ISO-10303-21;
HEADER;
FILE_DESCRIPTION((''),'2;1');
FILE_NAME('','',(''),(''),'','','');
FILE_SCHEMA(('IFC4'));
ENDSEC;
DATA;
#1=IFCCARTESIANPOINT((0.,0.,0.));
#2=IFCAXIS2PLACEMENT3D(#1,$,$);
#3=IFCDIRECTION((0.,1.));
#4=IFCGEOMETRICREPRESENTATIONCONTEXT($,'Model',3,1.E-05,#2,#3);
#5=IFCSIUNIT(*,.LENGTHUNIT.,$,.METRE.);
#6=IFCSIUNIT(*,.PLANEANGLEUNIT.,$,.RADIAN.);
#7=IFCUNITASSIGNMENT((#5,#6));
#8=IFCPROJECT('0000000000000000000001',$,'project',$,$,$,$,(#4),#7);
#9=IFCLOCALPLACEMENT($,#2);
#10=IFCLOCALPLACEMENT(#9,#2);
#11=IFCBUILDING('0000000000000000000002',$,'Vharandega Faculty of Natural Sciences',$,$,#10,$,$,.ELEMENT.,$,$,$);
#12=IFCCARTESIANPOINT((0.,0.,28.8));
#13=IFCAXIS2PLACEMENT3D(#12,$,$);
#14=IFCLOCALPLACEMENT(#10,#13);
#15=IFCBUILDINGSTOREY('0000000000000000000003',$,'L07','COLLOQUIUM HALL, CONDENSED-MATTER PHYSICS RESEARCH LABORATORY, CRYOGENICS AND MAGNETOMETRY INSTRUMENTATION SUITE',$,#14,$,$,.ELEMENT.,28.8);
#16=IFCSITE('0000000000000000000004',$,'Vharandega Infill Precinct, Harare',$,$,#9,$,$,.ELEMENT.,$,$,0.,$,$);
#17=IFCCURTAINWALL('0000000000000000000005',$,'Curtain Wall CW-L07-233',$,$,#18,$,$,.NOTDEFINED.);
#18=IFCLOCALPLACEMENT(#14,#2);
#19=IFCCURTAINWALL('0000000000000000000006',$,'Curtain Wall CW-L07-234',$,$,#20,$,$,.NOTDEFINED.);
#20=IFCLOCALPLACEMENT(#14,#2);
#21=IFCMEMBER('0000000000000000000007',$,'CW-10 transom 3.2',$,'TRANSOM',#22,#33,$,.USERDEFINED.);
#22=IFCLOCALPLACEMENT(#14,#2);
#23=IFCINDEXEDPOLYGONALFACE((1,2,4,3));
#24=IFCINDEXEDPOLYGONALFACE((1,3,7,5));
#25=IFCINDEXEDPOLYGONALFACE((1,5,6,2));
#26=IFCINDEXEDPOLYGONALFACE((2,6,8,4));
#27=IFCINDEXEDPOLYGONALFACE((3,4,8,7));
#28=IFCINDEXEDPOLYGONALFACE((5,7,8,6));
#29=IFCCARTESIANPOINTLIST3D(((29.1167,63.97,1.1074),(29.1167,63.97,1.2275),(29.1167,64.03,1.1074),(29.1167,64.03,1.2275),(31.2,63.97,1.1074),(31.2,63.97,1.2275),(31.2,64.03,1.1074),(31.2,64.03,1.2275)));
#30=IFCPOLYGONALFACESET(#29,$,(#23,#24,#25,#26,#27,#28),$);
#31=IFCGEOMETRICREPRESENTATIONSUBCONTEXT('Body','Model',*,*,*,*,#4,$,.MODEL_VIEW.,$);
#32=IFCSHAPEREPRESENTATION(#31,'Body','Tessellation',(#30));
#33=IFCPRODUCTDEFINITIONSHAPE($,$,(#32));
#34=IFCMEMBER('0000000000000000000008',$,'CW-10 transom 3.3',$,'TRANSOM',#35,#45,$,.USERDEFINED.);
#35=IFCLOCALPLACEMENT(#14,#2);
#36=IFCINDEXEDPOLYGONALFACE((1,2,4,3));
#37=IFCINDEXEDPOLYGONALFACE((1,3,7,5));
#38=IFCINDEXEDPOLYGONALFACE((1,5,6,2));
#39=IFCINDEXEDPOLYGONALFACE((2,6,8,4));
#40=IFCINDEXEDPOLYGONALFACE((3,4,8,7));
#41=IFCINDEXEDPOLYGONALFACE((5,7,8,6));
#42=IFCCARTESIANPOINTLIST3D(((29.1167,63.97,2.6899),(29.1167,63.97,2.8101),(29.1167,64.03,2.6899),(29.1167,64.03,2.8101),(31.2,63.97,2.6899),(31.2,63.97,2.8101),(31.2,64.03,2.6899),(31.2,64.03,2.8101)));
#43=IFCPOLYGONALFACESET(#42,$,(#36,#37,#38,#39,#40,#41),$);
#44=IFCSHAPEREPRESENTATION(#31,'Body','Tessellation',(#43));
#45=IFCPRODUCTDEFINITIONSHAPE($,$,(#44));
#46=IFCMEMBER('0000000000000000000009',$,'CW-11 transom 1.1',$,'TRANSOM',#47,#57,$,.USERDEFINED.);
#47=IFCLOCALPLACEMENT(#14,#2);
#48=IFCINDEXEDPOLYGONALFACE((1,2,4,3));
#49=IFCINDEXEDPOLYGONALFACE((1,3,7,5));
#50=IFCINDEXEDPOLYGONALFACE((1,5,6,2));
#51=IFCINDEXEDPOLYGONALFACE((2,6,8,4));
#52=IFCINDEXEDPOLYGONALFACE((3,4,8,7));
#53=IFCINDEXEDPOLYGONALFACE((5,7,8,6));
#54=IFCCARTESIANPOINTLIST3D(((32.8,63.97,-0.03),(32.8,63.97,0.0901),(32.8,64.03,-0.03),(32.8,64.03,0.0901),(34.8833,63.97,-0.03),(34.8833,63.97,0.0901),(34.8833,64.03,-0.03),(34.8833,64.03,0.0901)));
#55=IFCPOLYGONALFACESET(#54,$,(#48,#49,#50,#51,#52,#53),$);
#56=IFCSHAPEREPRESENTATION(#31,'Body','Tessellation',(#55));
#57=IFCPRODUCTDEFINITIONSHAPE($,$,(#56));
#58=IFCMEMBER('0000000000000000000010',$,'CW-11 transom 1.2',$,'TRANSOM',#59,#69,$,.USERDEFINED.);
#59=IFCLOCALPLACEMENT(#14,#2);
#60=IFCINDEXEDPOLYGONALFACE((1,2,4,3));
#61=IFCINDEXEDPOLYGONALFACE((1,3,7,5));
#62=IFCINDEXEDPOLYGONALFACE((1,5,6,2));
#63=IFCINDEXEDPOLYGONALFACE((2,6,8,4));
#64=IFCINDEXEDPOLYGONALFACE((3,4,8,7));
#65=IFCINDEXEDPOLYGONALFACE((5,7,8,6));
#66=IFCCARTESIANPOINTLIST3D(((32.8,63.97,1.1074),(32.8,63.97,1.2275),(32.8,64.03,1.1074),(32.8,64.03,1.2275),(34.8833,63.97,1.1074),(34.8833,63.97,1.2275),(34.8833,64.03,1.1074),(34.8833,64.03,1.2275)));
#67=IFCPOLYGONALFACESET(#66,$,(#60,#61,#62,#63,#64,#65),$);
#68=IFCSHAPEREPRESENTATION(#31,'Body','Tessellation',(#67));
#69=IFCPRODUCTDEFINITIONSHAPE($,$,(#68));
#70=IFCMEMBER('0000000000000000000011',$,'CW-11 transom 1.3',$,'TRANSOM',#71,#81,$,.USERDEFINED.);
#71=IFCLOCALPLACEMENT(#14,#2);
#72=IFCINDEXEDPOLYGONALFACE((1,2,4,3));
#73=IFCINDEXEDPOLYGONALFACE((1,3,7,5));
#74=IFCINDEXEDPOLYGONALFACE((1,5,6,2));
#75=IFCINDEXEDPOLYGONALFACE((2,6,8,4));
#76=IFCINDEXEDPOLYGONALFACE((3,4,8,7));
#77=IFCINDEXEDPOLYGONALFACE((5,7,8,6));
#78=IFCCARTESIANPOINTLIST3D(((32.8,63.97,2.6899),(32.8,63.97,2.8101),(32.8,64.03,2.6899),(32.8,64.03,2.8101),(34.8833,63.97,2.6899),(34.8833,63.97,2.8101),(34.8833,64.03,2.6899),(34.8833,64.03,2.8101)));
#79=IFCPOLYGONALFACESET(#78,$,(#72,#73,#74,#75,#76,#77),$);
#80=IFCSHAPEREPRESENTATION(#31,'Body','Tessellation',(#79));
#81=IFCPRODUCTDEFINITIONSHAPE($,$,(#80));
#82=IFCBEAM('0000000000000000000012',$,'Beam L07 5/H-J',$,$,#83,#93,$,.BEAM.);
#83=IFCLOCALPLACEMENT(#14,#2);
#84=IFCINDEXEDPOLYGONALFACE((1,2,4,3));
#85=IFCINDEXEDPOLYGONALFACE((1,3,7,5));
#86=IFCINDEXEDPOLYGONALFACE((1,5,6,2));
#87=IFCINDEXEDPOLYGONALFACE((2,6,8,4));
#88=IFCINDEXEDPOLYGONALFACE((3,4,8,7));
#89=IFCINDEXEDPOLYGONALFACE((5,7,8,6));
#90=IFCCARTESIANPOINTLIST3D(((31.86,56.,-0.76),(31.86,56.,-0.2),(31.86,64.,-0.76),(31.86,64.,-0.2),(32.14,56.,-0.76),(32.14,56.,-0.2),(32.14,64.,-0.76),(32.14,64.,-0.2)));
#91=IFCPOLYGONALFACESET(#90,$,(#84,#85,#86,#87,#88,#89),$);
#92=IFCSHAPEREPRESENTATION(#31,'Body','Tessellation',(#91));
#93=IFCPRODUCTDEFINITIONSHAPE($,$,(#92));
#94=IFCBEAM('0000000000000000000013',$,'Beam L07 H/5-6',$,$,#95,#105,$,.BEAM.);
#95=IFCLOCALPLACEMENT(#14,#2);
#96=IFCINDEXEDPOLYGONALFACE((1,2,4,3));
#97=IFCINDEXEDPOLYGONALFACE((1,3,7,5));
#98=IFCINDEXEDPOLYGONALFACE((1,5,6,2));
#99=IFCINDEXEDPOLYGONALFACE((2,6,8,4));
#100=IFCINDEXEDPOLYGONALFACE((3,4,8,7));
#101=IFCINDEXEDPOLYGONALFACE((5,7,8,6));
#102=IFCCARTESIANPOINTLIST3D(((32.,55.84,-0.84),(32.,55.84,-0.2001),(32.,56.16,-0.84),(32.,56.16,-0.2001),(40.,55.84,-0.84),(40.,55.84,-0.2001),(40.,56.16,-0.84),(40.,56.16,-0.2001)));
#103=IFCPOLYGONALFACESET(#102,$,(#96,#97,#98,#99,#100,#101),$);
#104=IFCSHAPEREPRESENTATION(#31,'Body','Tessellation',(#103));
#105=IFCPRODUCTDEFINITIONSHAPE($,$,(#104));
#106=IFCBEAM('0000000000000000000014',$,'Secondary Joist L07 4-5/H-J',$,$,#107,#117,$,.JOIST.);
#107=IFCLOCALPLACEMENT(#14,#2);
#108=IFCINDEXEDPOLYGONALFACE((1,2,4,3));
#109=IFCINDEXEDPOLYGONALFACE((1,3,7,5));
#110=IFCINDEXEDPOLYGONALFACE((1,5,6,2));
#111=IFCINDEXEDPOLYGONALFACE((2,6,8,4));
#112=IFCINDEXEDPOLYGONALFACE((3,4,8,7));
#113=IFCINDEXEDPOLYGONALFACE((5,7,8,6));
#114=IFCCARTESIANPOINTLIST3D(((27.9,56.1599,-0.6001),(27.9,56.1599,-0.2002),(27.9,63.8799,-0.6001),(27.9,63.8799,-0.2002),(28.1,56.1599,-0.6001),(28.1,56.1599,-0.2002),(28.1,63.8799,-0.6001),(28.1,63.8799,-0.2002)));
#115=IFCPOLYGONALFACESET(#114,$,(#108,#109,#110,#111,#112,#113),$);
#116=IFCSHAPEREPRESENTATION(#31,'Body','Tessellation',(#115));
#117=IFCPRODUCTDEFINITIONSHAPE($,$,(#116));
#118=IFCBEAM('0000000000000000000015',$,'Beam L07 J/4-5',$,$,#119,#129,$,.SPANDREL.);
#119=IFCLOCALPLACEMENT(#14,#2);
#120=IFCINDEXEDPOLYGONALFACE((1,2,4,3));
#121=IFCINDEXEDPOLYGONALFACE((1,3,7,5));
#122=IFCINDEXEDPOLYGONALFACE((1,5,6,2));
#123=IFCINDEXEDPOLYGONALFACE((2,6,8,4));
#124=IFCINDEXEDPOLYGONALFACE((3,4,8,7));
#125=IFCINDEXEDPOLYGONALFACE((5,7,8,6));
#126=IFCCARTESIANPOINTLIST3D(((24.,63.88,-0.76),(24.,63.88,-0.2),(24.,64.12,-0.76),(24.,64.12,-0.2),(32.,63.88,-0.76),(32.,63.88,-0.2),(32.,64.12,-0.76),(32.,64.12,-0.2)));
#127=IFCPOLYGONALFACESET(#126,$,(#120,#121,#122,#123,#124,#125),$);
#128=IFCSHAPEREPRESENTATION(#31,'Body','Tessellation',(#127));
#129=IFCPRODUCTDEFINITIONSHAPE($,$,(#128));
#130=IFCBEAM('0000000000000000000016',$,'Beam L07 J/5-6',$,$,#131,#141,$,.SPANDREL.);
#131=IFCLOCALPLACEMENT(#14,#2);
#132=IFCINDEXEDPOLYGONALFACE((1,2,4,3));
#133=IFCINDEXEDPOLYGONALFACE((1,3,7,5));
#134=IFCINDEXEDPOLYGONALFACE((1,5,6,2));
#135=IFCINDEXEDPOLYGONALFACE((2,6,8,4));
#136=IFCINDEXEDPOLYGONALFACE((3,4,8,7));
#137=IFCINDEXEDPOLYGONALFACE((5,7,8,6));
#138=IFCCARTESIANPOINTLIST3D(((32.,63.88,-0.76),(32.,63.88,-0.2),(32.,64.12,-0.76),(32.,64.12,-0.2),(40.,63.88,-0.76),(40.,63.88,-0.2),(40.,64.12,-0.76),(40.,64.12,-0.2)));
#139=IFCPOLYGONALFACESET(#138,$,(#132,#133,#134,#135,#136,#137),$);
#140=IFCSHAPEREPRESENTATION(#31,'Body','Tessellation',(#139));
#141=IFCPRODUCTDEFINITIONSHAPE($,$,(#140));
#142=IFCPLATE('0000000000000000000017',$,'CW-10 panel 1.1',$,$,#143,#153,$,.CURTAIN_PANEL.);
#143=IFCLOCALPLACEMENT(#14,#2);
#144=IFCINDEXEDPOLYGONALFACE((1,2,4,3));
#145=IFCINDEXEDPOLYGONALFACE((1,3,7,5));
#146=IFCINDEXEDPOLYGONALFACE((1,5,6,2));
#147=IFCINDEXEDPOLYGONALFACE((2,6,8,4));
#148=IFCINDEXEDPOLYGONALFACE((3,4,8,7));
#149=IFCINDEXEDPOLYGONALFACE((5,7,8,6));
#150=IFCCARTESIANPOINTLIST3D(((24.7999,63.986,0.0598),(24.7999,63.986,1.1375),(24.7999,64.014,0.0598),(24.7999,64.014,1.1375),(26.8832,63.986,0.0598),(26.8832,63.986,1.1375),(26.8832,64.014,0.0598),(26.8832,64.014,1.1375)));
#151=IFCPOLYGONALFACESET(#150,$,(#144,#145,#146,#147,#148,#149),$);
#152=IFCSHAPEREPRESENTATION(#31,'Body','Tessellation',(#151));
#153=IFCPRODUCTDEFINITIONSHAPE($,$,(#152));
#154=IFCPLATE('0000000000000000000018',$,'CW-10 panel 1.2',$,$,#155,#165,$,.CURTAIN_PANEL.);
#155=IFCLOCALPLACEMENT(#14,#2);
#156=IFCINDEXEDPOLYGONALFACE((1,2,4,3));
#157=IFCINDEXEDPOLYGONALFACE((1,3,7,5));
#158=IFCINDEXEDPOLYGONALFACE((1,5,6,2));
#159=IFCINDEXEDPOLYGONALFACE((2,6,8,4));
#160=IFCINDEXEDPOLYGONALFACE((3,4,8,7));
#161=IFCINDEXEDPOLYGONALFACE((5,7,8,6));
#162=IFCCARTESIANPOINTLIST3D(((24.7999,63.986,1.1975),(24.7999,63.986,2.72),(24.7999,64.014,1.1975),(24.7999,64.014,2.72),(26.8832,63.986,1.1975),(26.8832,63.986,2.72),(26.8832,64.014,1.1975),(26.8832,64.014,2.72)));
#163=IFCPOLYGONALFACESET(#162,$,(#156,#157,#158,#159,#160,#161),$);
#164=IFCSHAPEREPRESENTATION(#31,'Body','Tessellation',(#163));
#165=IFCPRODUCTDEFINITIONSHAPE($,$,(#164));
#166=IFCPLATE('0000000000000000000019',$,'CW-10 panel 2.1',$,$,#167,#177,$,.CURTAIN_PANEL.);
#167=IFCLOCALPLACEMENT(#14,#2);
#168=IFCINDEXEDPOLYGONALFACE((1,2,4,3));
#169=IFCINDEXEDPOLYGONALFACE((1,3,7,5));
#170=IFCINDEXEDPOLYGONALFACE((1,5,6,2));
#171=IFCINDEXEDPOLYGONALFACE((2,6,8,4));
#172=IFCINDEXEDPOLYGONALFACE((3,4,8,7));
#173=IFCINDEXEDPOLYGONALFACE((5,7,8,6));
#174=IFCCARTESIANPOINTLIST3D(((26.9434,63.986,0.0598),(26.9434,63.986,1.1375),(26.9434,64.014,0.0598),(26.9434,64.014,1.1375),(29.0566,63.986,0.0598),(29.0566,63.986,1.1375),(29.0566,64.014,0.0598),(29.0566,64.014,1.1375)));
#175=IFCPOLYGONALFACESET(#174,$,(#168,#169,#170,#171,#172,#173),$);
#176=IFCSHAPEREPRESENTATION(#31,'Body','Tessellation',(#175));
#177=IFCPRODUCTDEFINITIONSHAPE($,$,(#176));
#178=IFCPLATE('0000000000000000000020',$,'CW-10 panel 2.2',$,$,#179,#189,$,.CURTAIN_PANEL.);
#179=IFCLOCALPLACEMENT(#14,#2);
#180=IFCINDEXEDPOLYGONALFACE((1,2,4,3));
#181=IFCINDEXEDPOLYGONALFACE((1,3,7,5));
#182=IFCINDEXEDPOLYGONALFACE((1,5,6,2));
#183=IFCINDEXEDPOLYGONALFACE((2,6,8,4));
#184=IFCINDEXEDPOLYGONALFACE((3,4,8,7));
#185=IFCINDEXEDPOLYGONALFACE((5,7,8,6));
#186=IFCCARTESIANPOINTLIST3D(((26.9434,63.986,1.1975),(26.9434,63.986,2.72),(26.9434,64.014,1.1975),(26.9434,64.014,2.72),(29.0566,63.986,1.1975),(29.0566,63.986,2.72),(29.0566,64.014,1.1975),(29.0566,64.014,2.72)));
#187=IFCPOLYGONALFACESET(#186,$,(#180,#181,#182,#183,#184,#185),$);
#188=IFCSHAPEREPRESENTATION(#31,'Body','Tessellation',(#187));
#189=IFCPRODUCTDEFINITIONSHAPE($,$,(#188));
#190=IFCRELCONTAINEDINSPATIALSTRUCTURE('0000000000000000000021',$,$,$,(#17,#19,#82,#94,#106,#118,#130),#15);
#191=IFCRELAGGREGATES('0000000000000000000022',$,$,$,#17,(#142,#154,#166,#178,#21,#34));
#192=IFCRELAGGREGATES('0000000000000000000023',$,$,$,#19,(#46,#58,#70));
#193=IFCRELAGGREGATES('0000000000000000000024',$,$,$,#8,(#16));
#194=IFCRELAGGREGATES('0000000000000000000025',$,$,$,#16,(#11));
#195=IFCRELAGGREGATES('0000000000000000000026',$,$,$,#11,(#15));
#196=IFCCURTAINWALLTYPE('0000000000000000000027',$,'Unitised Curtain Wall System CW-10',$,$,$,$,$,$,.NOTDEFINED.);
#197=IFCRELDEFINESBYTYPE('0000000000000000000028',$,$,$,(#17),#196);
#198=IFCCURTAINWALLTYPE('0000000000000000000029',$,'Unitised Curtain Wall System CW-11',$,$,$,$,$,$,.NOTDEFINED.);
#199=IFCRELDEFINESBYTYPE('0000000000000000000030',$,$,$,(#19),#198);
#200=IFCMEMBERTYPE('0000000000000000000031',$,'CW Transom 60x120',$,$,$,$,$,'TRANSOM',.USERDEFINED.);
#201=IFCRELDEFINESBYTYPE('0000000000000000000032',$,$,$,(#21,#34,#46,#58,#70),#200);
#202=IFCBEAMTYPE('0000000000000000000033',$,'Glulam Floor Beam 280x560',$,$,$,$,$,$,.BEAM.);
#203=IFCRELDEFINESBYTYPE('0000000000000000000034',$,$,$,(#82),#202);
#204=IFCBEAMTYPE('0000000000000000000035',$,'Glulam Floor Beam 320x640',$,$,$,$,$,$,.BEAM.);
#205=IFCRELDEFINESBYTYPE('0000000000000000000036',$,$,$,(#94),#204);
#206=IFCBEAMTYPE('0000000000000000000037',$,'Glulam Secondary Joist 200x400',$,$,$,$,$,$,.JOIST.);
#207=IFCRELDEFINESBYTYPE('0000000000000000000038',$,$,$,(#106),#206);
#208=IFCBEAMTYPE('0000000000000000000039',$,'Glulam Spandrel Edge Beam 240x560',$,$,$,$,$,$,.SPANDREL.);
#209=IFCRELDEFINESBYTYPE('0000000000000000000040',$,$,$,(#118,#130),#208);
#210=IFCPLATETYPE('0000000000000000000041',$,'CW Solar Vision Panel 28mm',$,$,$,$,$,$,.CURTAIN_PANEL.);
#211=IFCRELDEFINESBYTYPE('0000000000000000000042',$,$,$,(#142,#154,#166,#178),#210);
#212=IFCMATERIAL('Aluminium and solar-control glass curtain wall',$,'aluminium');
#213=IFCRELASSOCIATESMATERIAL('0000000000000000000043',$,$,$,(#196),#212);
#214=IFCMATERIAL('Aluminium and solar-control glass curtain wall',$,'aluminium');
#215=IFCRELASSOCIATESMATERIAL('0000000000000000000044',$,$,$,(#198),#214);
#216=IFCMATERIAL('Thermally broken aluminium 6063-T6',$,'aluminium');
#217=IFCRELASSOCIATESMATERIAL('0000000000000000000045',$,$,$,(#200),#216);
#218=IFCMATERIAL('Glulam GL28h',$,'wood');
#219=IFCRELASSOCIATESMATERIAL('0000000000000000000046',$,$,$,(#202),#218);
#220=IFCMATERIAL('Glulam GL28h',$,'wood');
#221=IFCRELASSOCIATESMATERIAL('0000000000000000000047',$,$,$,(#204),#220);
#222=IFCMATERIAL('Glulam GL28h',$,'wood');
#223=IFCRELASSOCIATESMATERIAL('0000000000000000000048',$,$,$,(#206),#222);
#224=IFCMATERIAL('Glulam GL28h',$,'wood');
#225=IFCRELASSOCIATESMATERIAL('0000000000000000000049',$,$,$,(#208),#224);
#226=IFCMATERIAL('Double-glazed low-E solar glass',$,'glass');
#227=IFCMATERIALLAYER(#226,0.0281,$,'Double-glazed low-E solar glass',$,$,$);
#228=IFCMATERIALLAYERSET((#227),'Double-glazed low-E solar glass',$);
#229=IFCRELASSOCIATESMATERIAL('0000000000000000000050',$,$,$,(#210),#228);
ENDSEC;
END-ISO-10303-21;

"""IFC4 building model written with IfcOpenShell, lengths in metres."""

from ifc_helpers import new_model, si_unit, direction, frame, origin, origin_2d, place, context, subcontext, project, spatial, rectangle, extrude, material, layer, layer_set, material_profile, profile_set, type_object, element, aggregate, save


model = new_model("IFC4")

# Units and contexts
model_context = context("Model", 3, precision=1e-05, world=origin(), true_north=direction((0.0, 1.0)))
body_context = subcontext(model_context, "Body", "Model", "MODEL_VIEW")
ifc_project = project(units=[si_unit("LENGTHUNIT", "METRE"), si_unit("PLANEANGLEUNIT", "RADIAN")], contexts=[model_context])

# Site, building, storey
site_placement = place(None, origin())
site = spatial("IfcSite", under=ifc_project, at=site_placement, Name="Vharandega Infill Precinct, Harare", CompositionType="ELEMENT", RefElevation=0.0)
building_placement = place(site_placement, origin())
building = spatial("IfcBuilding", under=site, at=building_placement, Name="Vharandega Faculty of Natural Sciences", CompositionType="ELEMENT")
storey_placement = place(building_placement, frame((0.0, 0.0, 28.8)))
storey = spatial("IfcBuildingStorey", under=building, at=storey_placement, Name="L07", Description="COLLOQUIUM HALL, CONDENSED-MATTER PHYSICS RESEARCH LABORATORY, CRYOGENICS AND MAGNETOMETRY INSTRUMENTATION SUITE", CompositionType="ELEMENT", Elevation=28.8)

# Curtain wall
ifc_material_1 = material(Name="Aluminium and solar-control glass curtain wall", Category="aluminium")
curtain_wall_type_1 = type_object("IfcCurtainWallType", Name="Unitised Curtain Wall System CW-10", PredefinedType="NOTDEFINED", material=ifc_material_1)
curtain_wall_1_placement = place(storey_placement, origin())
curtain_wall_1 = element("IfcCurtainWall", 1, at=curtain_wall_1_placement, inside=storey, type_object=curtain_wall_type_1, Name="Curtain Wall CW-L07-233", PredefinedType="NOTDEFINED")

# Curtain wall
ifc_material_2 = material(Name="Aluminium and solar-control glass curtain wall", Category="aluminium")
curtain_wall_type_2 = type_object("IfcCurtainWallType", Name="Unitised Curtain Wall System CW-11", PredefinedType="NOTDEFINED", material=ifc_material_2)
curtain_wall_2_placement = place(storey_placement, origin())
curtain_wall_2 = element("IfcCurtainWall", 2, at=curtain_wall_2_placement, inside=storey, type_object=curtain_wall_type_2, Name="Curtain Wall CW-L07-234", PredefinedType="NOTDEFINED")

# Members
ifc_material_3 = material(Name="Thermally broken aluminium 6063-T6", Category="aluminium")
ifc_material_profile_1 = material_profile(ifc_material_3, rectangle(XDim=0.0601, YDim=0.1201, at=origin_2d()), Name="ALU 60x120")
ifc_profile_set_1 = profile_set([ifc_material_profile_1], Name="Thermally broken aluminium 6063-T6")
member_type_1 = type_object("IfcMemberType", Name="CW Transom 60x120", ElementType="TRANSOM", PredefinedType="USERDEFINED", material=ifc_profile_set_1)
member_1_placement = place(storey_placement, frame((29.1167, 64.0, 1.1675), z_axis=(1.0, 0.0, 0.0), x_axis=(0.0, 1.0, 0.0)))
member_1 = element("IfcMember", 3, at=member_1_placement, type_object=member_type_1, Name="CW-10 transom 3.2", ObjectType="TRANSOM", PredefinedType="USERDEFINED", context=body_context, shape_type="SweptSolid", body=[
    extrude(rectangle(XDim=0.0601, YDim=0.1201, at=origin_2d()), origin(), (0.0, 0.0, 1.0), 2.0833),
])
member_2_placement = place(storey_placement, frame((29.1167, 64.0, 2.75), z_axis=(1.0, 0.0, 0.0), x_axis=(0.0, 1.0, 0.0)))
member_2 = element("IfcMember", 4, at=member_2_placement, type_object=member_type_1, Name="CW-10 transom 3.3", ObjectType="TRANSOM", PredefinedType="USERDEFINED", context=body_context, shape_type="SweptSolid", body=[
    extrude(rectangle(XDim=0.0601, YDim=0.1201, at=origin_2d()), origin(), (0.0, 0.0, 1.0), 2.0833),
])
member_3_placement = place(storey_placement, frame((32.8, 64.0, 0.03), z_axis=(1.0, 0.0, 0.0), x_axis=(0.0, 1.0, 0.0)))
member_3 = element("IfcMember", 5, at=member_3_placement, type_object=member_type_1, Name="CW-11 transom 1.1", ObjectType="TRANSOM", PredefinedType="USERDEFINED", context=body_context, shape_type="SweptSolid", body=[
    extrude(rectangle(XDim=0.0601, YDim=0.1201, at=origin_2d()), origin(), (0.0, 0.0, 1.0), 2.0833),
])
member_4_placement = place(storey_placement, frame((32.8, 64.0, 1.1675), z_axis=(1.0, 0.0, 0.0), x_axis=(0.0, 1.0, 0.0)))
member_4 = element("IfcMember", 6, at=member_4_placement, type_object=member_type_1, Name="CW-11 transom 1.2", ObjectType="TRANSOM", PredefinedType="USERDEFINED", context=body_context, shape_type="SweptSolid", body=[
    extrude(rectangle(XDim=0.0601, YDim=0.1201, at=origin_2d()), origin(), (0.0, 0.0, 1.0), 2.0833),
])
member_5_placement = place(storey_placement, frame((32.8, 64.0, 2.75), z_axis=(1.0, 0.0, 0.0), x_axis=(0.0, 1.0, 0.0)))
member_5 = element("IfcMember", 7, at=member_5_placement, type_object=member_type_1, Name="CW-11 transom 1.3", ObjectType="TRANSOM", PredefinedType="USERDEFINED", context=body_context, shape_type="SweptSolid", body=[
    extrude(rectangle(XDim=0.0601, YDim=0.1201, at=origin_2d()), origin(), (0.0, 0.0, 1.0), 2.0833),
])

# Beams
ifc_material_4 = material(Name="Glulam GL28h", Category="wood")
ifc_material_profile_2 = material_profile(ifc_material_4, rectangle(XDim=0.28, YDim=0.5601, at=origin_2d()), Name="GL28h 280x560")
ifc_profile_set_2 = profile_set([ifc_material_profile_2], Name="Glulam GL28h")
beam_type_1 = type_object("IfcBeamType", Name="Glulam Floor Beam 280x560", PredefinedType="BEAM", material=ifc_profile_set_2)
beam_1_placement = place(storey_placement, frame((32.0, 56.0, -0.48), z_axis=(0.0, 1.0, 0.0), x_axis=(-1.0, 0.0, 0.0)))
element("IfcBeam", 8, at=beam_1_placement, inside=storey, type_object=beam_type_1, Name="Beam L07 5/H-J", PredefinedType="BEAM", context=body_context, shape_type="SweptSolid", body=[
    extrude(rectangle(XDim=0.28, YDim=0.5601, at=origin_2d()), origin(), (0.0, 0.0, 1.0), 8.0),
])
ifc_material_5 = material(Name="Glulam GL28h", Category="wood")
ifc_material_profile_3 = material_profile(ifc_material_5, rectangle(XDim=0.3201, YDim=0.6399, at=origin_2d()), Name="GL28h 320x640")
ifc_profile_set_3 = profile_set([ifc_material_profile_3], Name="Glulam GL28h")
beam_type_2 = type_object("IfcBeamType", Name="Glulam Floor Beam 320x640", PredefinedType="BEAM", material=ifc_profile_set_3)
beam_2_placement = place(storey_placement, frame((32.0, 56.0, -0.52), z_axis=(1.0, 0.0, 0.0), x_axis=(0.0, 1.0, 0.0)))
element("IfcBeam", 9, at=beam_2_placement, inside=storey, type_object=beam_type_2, Name="Beam L07 H/5-6", PredefinedType="BEAM", context=body_context, shape_type="SweptSolid", body=[
    extrude(rectangle(XDim=0.3201, YDim=0.6399, at=origin_2d()), origin(), (0.0, 0.0, 1.0), 8.0),
])
ifc_material_6 = material(Name="Glulam GL28h", Category="wood")
ifc_material_profile_4 = material_profile(ifc_material_6, rectangle(XDim=0.2, YDim=0.3999, at=origin_2d()), Name="GL28h 200x400")
ifc_profile_set_4 = profile_set([ifc_material_profile_4], Name="Glulam GL28h")
beam_type_3 = type_object("IfcBeamType", Name="Glulam Secondary Joist 200x400", PredefinedType="JOIST", material=ifc_profile_set_4)
beam_3_placement = place(storey_placement, frame((28.0, 56.1599, -0.4001), z_axis=(0.0, 1.0, 0.0), x_axis=(-1.0, 0.0, 0.0)))
element("IfcBeam", 10, at=beam_3_placement, inside=storey, type_object=beam_type_3, Name="Secondary Joist L07 4-5/H-J", PredefinedType="JOIST", context=body_context, shape_type="SweptSolid", body=[
    extrude(rectangle(XDim=0.2, YDim=0.3999, at=origin_2d()), origin(), (0.0, 0.0, 1.0), 7.72),
])
ifc_material_7 = material(Name="Glulam GL28h", Category="wood")
ifc_material_profile_5 = material_profile(ifc_material_7, rectangle(XDim=0.24, YDim=0.5601, at=origin_2d()), Name="GL28h 240x560")
ifc_profile_set_5 = profile_set([ifc_material_profile_5], Name="Glulam GL28h")
beam_type_4 = type_object("IfcBeamType", Name="Glulam Spandrel Edge Beam 240x560", PredefinedType="SPANDREL", material=ifc_profile_set_5)
for number, where, z_axis, x_axis, name in (
    (11, (24.0, 64.0, -0.48), (1.0, 0.0, 0.0), (0.0, 1.0, 0.0), "Beam L07 J/4-5"),
    (12, (32.0, 64.0, -0.48), (1.0, 0.0, 0.0), (0.0, 1.0, 0.0), "Beam L07 J/5-6"),
):
    element("IfcBeam", number, at=place(storey_placement, frame(where, z_axis=z_axis, x_axis=x_axis)), inside=storey, type_object=beam_type_4, Name=name, PredefinedType="SPANDREL", context=body_context, shape_type="SweptSolid", body=[
        extrude(rectangle(XDim=0.24, YDim=0.5601, at=origin_2d()), origin(), (0.0, 0.0, 1.0), 8.0),
    ])

# Plates
ifc_material_8 = material(Name="Double-glazed low-E solar glass", Category="glass")
ifc_layer_1 = layer(ifc_material_8, 0.0281, Name="Double-glazed low-E solar glass")
ifc_layer_set_1 = layer_set([ifc_layer_1], Name="Double-glazed low-E solar glass")
plate_type = type_object("IfcPlateType", Name="CW Solar Vision Panel 28mm", PredefinedType="CURTAIN_PANEL", material=ifc_layer_set_1)
plate_1_placement = place(storey_placement, frame((25.8416, 64.0, 0.0598), z_axis=(0.0, 0.0, 1.0), x_axis=(1.0, 0.0, 0.0)))
plate_1 = element("IfcPlate", 13, at=plate_1_placement, type_object=plate_type, Name="CW-10 panel 1.1", PredefinedType="CURTAIN_PANEL", context=body_context, shape_type="SweptSolid", body=[
    extrude(rectangle(XDim=2.0833, YDim=0.0281, at=origin_2d()), origin(), (0.0, 0.0, 1.0), 1.0776),
])
plate_2_placement = place(storey_placement, frame((25.8416, 64.0, 1.1975), z_axis=(0.0, 0.0, 1.0), x_axis=(1.0, 0.0, 0.0)))
plate_2 = element("IfcPlate", 14, at=plate_2_placement, type_object=plate_type, Name="CW-10 panel 1.2", PredefinedType="CURTAIN_PANEL", context=body_context, shape_type="SweptSolid", body=[
    extrude(rectangle(XDim=2.0833, YDim=0.0281, at=origin_2d()), origin(), (0.0, 0.0, 1.0), 1.5225),
])
plate_3_placement = place(storey_placement, frame((28.0, 64.0, 0.0598), z_axis=(0.0, 0.0, 1.0), x_axis=(1.0, 0.0, 0.0)))
plate_3 = element("IfcPlate", 15, at=plate_3_placement, type_object=plate_type, Name="CW-10 panel 2.1", PredefinedType="CURTAIN_PANEL", context=body_context, shape_type="SweptSolid", body=[
    extrude(rectangle(XDim=2.1133, YDim=0.0281, at=origin_2d()), origin(), (0.0, 0.0, 1.0), 1.0776),
])
plate_4_placement = place(storey_placement, frame((28.0, 64.0, 1.1975), z_axis=(0.0, 0.0, 1.0), x_axis=(1.0, 0.0, 0.0)))
plate_4 = element("IfcPlate", 16, at=plate_4_placement, type_object=plate_type, Name="CW-10 panel 2.2", PredefinedType="CURTAIN_PANEL", context=body_context, shape_type="SweptSolid", body=[
    extrude(rectangle(XDim=2.1133, YDim=0.0281, at=origin_2d()), origin(), (0.0, 0.0, 1.0), 1.5225),
])
aggregate(curtain_wall_1, [plate_1, plate_2, plate_3, plate_4, member_1, member_2])
aggregate(curtain_wall_2, [member_3, member_4, member_5])

save(model, "model.ifc")
